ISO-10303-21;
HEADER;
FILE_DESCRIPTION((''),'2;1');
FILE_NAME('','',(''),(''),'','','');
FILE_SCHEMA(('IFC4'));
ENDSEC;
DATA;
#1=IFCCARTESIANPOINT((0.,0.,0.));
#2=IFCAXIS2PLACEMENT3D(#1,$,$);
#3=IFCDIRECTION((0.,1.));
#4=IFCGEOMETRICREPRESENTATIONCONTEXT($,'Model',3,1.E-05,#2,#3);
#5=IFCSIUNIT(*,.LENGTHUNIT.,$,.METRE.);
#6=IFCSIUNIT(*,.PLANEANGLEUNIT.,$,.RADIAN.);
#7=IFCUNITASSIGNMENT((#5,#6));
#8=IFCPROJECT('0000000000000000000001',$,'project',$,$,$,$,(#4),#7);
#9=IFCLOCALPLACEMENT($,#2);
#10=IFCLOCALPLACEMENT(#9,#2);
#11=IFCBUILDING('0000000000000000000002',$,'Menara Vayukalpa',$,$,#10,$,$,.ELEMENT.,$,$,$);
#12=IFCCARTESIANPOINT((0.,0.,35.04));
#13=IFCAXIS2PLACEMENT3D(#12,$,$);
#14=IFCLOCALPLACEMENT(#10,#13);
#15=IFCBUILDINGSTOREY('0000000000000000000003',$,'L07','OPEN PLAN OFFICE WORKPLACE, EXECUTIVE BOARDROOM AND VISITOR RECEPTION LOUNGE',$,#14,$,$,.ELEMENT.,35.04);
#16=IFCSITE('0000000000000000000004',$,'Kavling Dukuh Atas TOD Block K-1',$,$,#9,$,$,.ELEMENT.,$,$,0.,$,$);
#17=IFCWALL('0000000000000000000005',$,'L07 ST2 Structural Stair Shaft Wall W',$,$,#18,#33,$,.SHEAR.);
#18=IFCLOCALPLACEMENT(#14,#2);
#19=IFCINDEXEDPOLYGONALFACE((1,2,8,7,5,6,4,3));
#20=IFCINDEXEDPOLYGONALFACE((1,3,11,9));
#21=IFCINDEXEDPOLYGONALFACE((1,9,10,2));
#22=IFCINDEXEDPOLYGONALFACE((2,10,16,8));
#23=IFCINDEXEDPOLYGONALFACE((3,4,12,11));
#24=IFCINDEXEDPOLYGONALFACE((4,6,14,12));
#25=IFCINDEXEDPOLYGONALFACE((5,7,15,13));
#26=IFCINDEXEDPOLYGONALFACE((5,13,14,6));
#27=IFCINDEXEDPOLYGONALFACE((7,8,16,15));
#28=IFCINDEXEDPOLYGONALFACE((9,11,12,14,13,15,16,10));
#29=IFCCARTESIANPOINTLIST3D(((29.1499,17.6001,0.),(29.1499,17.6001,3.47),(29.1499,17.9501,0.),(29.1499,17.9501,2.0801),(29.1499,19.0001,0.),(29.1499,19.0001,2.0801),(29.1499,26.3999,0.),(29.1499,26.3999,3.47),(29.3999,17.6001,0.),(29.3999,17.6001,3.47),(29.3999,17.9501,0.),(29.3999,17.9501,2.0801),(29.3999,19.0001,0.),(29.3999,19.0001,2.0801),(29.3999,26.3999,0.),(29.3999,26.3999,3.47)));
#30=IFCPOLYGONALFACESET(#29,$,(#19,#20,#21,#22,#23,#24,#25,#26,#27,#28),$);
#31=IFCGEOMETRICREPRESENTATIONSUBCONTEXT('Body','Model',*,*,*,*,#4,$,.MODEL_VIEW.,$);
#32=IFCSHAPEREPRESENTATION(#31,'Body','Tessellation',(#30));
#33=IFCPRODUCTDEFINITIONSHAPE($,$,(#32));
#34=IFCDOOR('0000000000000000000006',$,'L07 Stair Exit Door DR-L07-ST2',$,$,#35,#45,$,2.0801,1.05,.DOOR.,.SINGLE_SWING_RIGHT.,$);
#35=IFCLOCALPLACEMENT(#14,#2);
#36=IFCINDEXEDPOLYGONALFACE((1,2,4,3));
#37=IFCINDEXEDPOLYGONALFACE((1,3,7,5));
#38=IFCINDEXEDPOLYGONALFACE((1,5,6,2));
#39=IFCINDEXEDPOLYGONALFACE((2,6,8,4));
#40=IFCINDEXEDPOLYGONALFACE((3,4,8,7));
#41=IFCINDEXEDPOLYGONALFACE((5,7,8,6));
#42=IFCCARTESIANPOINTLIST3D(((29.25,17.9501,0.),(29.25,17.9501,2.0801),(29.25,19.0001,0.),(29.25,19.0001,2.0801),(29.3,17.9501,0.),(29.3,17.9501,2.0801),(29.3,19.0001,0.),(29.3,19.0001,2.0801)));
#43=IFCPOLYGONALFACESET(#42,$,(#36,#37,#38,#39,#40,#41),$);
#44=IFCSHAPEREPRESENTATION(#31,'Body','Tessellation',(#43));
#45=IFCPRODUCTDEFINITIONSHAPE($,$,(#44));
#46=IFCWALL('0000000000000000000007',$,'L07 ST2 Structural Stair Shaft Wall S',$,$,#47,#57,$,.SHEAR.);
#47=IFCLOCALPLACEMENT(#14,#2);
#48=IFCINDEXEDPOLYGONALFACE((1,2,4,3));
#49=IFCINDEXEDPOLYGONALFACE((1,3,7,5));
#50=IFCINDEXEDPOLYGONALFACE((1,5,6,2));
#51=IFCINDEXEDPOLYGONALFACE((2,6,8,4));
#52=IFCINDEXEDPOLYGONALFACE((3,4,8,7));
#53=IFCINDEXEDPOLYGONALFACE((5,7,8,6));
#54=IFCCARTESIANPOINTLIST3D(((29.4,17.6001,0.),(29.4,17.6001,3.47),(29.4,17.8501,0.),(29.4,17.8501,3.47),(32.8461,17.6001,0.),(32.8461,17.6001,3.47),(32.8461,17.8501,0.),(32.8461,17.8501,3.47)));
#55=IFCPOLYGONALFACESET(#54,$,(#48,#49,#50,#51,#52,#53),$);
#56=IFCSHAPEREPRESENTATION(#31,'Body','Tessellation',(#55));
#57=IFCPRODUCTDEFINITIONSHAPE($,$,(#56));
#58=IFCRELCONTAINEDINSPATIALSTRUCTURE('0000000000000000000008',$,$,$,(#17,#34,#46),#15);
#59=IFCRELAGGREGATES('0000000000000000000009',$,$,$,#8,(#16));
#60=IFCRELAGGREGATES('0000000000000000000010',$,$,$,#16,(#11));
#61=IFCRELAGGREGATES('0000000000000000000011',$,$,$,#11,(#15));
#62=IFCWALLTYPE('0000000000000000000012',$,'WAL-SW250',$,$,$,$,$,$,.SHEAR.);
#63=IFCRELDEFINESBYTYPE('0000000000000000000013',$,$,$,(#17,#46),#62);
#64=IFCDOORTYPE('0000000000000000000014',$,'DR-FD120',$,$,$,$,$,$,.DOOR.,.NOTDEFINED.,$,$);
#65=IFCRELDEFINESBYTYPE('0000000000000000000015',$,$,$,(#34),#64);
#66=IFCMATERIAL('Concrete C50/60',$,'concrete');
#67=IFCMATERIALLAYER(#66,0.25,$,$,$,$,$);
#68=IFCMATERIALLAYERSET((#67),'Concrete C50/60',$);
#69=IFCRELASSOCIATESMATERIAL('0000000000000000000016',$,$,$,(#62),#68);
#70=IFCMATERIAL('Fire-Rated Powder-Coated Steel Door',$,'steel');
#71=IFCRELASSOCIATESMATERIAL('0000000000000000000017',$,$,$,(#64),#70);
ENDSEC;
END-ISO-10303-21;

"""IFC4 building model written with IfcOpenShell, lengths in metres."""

from ifc_helpers import new_model, si_unit, direction, frame, frame_2d, origin, place, context, subcontext, project, spatial, rectangle, extrude, material, layer, layer_set, type_object, element, fill, save


model = new_model("IFC4")

# Units and contexts
model_context = context("Model", 3, precision=1e-05, world=origin(), true_north=direction((0.0, 1.0)))
body_context = subcontext(model_context, "Body", "Model", "MODEL_VIEW")
ifc_project = project(units=[si_unit("LENGTHUNIT", "METRE"), si_unit("PLANEANGLEUNIT", "RADIAN")], contexts=[model_context])

# Site, building, storey
site_placement = place(None, origin())
site = spatial("IfcSite", under=ifc_project, at=site_placement, Name="Kavling Dukuh Atas TOD Block K-1", CompositionType="ELEMENT", RefElevation=0.0)
building_placement = place(site_placement, origin())
building = spatial("IfcBuilding", under=site, at=building_placement, Name="Menara Vayukalpa", CompositionType="ELEMENT")
storey_placement = place(building_placement, frame((0.0, 0.0, 35.04)))
storey = spatial("IfcBuildingStorey", under=building, at=storey_placement, Name="L07", Description="OPEN PLAN OFFICE WORKPLACE, EXECUTIVE BOARDROOM AND VISITOR RECEPTION LOUNGE", CompositionType="ELEMENT", Elevation=35.04)

# Wall, opening, door
ifc_material_1 = material(Name="Concrete C50/60", Category="concrete")
ifc_layer_1 = layer(ifc_material_1, 0.25)
ifc_layer_set_1 = layer_set([ifc_layer_1], Name="Concrete C50/60")
wall_type_1 = type_object("IfcWallType", Name="WAL-SW250", PredefinedType="SHEAR", material=ifc_layer_set_1)
wall_1_placement = place(storey_placement, frame((29.2749, 17.6001, 0.0), z_axis=(0.0, 0.0, 1.0), x_axis=(0.0, 1.0, 0.0)))
wall_1 = element("IfcWall", 1, at=wall_1_placement, inside=storey, type_object=wall_type_1, Name="L07 ST2 Structural Stair Shaft Wall W", PredefinedType="SHEAR", context=body_context, shape_type="SweptSolid", body=[
    extrude(rectangle(XDim=8.7998, YDim=0.25, at=frame_2d((4.3999, 0.0))), origin(), (0.0, 0.0, 1.0), 3.47),
])
opening_1_placement = place(wall_1_placement, frame((0.3501, 0.0, 0.0)))
opening_1 = element("IfcOpeningElement", 2, at=opening_1_placement, cuts=wall_1, PredefinedType="OPENING", context=body_context, shape_type="SweptSolid", body=[
    extrude(rectangle(XDim=1.05, YDim=2.0801, at=frame_2d((0.5249, 1.04))), frame((0.0, 0.135, 0.0), z_axis=(0.0, -1.0, 0.0), x_axis=(1.0, 0.0, 0.0)), (0.0, 0.0, 1.0), 0.27),
])
ifc_material_2 = material(Name="Fire-Rated Powder-Coated Steel Door", Category="steel")
door_type_1 = type_object("IfcDoorType", Name="DR-FD120", OperationType="NOTDEFINED", PredefinedType="DOOR", material=ifc_material_2)
door_1_placement = place(opening_1_placement, origin())
door_1 = element("IfcDoor", 3, at=door_1_placement, inside=storey, type_object=door_type_1, Name="L07 Stair Exit Door DR-L07-ST2", OperationType="SINGLE_SWING_RIGHT", OverallHeight=2.0801, OverallWidth=1.05, PredefinedType="DOOR", context=body_context, shape_type="SweptSolid", body=[
    extrude(rectangle(XDim=1.05, YDim=2.0801, at=frame_2d((0.5249, 1.04))), frame((0.0, 0.0249, 0.0), z_axis=(0.0, -1.0, 0.0), x_axis=(1.0, 0.0, 0.0)), (0.0, 0.0, 1.0), 0.05),
])
fill(opening_1, door_1)

# Wall
wall_2_placement = place(storey_placement, frame((29.3999, 17.7251, 0.0), z_axis=(0.0, 0.0, 1.0), x_axis=(1.0, 0.0, 0.0)))
element("IfcWall", 4, at=wall_2_placement, inside=storey, type_object=wall_type_1, Name="L07 ST2 Structural Stair Shaft Wall S", PredefinedType="SHEAR", context=body_context, shape_type="SweptSolid", body=[
    extrude(rectangle(XDim=3.446, YDim=0.25, at=frame_2d((1.7231, 0.0))), origin(), (0.0, 0.0, 1.0), 3.47),
])

save(model, "model.ifc")
